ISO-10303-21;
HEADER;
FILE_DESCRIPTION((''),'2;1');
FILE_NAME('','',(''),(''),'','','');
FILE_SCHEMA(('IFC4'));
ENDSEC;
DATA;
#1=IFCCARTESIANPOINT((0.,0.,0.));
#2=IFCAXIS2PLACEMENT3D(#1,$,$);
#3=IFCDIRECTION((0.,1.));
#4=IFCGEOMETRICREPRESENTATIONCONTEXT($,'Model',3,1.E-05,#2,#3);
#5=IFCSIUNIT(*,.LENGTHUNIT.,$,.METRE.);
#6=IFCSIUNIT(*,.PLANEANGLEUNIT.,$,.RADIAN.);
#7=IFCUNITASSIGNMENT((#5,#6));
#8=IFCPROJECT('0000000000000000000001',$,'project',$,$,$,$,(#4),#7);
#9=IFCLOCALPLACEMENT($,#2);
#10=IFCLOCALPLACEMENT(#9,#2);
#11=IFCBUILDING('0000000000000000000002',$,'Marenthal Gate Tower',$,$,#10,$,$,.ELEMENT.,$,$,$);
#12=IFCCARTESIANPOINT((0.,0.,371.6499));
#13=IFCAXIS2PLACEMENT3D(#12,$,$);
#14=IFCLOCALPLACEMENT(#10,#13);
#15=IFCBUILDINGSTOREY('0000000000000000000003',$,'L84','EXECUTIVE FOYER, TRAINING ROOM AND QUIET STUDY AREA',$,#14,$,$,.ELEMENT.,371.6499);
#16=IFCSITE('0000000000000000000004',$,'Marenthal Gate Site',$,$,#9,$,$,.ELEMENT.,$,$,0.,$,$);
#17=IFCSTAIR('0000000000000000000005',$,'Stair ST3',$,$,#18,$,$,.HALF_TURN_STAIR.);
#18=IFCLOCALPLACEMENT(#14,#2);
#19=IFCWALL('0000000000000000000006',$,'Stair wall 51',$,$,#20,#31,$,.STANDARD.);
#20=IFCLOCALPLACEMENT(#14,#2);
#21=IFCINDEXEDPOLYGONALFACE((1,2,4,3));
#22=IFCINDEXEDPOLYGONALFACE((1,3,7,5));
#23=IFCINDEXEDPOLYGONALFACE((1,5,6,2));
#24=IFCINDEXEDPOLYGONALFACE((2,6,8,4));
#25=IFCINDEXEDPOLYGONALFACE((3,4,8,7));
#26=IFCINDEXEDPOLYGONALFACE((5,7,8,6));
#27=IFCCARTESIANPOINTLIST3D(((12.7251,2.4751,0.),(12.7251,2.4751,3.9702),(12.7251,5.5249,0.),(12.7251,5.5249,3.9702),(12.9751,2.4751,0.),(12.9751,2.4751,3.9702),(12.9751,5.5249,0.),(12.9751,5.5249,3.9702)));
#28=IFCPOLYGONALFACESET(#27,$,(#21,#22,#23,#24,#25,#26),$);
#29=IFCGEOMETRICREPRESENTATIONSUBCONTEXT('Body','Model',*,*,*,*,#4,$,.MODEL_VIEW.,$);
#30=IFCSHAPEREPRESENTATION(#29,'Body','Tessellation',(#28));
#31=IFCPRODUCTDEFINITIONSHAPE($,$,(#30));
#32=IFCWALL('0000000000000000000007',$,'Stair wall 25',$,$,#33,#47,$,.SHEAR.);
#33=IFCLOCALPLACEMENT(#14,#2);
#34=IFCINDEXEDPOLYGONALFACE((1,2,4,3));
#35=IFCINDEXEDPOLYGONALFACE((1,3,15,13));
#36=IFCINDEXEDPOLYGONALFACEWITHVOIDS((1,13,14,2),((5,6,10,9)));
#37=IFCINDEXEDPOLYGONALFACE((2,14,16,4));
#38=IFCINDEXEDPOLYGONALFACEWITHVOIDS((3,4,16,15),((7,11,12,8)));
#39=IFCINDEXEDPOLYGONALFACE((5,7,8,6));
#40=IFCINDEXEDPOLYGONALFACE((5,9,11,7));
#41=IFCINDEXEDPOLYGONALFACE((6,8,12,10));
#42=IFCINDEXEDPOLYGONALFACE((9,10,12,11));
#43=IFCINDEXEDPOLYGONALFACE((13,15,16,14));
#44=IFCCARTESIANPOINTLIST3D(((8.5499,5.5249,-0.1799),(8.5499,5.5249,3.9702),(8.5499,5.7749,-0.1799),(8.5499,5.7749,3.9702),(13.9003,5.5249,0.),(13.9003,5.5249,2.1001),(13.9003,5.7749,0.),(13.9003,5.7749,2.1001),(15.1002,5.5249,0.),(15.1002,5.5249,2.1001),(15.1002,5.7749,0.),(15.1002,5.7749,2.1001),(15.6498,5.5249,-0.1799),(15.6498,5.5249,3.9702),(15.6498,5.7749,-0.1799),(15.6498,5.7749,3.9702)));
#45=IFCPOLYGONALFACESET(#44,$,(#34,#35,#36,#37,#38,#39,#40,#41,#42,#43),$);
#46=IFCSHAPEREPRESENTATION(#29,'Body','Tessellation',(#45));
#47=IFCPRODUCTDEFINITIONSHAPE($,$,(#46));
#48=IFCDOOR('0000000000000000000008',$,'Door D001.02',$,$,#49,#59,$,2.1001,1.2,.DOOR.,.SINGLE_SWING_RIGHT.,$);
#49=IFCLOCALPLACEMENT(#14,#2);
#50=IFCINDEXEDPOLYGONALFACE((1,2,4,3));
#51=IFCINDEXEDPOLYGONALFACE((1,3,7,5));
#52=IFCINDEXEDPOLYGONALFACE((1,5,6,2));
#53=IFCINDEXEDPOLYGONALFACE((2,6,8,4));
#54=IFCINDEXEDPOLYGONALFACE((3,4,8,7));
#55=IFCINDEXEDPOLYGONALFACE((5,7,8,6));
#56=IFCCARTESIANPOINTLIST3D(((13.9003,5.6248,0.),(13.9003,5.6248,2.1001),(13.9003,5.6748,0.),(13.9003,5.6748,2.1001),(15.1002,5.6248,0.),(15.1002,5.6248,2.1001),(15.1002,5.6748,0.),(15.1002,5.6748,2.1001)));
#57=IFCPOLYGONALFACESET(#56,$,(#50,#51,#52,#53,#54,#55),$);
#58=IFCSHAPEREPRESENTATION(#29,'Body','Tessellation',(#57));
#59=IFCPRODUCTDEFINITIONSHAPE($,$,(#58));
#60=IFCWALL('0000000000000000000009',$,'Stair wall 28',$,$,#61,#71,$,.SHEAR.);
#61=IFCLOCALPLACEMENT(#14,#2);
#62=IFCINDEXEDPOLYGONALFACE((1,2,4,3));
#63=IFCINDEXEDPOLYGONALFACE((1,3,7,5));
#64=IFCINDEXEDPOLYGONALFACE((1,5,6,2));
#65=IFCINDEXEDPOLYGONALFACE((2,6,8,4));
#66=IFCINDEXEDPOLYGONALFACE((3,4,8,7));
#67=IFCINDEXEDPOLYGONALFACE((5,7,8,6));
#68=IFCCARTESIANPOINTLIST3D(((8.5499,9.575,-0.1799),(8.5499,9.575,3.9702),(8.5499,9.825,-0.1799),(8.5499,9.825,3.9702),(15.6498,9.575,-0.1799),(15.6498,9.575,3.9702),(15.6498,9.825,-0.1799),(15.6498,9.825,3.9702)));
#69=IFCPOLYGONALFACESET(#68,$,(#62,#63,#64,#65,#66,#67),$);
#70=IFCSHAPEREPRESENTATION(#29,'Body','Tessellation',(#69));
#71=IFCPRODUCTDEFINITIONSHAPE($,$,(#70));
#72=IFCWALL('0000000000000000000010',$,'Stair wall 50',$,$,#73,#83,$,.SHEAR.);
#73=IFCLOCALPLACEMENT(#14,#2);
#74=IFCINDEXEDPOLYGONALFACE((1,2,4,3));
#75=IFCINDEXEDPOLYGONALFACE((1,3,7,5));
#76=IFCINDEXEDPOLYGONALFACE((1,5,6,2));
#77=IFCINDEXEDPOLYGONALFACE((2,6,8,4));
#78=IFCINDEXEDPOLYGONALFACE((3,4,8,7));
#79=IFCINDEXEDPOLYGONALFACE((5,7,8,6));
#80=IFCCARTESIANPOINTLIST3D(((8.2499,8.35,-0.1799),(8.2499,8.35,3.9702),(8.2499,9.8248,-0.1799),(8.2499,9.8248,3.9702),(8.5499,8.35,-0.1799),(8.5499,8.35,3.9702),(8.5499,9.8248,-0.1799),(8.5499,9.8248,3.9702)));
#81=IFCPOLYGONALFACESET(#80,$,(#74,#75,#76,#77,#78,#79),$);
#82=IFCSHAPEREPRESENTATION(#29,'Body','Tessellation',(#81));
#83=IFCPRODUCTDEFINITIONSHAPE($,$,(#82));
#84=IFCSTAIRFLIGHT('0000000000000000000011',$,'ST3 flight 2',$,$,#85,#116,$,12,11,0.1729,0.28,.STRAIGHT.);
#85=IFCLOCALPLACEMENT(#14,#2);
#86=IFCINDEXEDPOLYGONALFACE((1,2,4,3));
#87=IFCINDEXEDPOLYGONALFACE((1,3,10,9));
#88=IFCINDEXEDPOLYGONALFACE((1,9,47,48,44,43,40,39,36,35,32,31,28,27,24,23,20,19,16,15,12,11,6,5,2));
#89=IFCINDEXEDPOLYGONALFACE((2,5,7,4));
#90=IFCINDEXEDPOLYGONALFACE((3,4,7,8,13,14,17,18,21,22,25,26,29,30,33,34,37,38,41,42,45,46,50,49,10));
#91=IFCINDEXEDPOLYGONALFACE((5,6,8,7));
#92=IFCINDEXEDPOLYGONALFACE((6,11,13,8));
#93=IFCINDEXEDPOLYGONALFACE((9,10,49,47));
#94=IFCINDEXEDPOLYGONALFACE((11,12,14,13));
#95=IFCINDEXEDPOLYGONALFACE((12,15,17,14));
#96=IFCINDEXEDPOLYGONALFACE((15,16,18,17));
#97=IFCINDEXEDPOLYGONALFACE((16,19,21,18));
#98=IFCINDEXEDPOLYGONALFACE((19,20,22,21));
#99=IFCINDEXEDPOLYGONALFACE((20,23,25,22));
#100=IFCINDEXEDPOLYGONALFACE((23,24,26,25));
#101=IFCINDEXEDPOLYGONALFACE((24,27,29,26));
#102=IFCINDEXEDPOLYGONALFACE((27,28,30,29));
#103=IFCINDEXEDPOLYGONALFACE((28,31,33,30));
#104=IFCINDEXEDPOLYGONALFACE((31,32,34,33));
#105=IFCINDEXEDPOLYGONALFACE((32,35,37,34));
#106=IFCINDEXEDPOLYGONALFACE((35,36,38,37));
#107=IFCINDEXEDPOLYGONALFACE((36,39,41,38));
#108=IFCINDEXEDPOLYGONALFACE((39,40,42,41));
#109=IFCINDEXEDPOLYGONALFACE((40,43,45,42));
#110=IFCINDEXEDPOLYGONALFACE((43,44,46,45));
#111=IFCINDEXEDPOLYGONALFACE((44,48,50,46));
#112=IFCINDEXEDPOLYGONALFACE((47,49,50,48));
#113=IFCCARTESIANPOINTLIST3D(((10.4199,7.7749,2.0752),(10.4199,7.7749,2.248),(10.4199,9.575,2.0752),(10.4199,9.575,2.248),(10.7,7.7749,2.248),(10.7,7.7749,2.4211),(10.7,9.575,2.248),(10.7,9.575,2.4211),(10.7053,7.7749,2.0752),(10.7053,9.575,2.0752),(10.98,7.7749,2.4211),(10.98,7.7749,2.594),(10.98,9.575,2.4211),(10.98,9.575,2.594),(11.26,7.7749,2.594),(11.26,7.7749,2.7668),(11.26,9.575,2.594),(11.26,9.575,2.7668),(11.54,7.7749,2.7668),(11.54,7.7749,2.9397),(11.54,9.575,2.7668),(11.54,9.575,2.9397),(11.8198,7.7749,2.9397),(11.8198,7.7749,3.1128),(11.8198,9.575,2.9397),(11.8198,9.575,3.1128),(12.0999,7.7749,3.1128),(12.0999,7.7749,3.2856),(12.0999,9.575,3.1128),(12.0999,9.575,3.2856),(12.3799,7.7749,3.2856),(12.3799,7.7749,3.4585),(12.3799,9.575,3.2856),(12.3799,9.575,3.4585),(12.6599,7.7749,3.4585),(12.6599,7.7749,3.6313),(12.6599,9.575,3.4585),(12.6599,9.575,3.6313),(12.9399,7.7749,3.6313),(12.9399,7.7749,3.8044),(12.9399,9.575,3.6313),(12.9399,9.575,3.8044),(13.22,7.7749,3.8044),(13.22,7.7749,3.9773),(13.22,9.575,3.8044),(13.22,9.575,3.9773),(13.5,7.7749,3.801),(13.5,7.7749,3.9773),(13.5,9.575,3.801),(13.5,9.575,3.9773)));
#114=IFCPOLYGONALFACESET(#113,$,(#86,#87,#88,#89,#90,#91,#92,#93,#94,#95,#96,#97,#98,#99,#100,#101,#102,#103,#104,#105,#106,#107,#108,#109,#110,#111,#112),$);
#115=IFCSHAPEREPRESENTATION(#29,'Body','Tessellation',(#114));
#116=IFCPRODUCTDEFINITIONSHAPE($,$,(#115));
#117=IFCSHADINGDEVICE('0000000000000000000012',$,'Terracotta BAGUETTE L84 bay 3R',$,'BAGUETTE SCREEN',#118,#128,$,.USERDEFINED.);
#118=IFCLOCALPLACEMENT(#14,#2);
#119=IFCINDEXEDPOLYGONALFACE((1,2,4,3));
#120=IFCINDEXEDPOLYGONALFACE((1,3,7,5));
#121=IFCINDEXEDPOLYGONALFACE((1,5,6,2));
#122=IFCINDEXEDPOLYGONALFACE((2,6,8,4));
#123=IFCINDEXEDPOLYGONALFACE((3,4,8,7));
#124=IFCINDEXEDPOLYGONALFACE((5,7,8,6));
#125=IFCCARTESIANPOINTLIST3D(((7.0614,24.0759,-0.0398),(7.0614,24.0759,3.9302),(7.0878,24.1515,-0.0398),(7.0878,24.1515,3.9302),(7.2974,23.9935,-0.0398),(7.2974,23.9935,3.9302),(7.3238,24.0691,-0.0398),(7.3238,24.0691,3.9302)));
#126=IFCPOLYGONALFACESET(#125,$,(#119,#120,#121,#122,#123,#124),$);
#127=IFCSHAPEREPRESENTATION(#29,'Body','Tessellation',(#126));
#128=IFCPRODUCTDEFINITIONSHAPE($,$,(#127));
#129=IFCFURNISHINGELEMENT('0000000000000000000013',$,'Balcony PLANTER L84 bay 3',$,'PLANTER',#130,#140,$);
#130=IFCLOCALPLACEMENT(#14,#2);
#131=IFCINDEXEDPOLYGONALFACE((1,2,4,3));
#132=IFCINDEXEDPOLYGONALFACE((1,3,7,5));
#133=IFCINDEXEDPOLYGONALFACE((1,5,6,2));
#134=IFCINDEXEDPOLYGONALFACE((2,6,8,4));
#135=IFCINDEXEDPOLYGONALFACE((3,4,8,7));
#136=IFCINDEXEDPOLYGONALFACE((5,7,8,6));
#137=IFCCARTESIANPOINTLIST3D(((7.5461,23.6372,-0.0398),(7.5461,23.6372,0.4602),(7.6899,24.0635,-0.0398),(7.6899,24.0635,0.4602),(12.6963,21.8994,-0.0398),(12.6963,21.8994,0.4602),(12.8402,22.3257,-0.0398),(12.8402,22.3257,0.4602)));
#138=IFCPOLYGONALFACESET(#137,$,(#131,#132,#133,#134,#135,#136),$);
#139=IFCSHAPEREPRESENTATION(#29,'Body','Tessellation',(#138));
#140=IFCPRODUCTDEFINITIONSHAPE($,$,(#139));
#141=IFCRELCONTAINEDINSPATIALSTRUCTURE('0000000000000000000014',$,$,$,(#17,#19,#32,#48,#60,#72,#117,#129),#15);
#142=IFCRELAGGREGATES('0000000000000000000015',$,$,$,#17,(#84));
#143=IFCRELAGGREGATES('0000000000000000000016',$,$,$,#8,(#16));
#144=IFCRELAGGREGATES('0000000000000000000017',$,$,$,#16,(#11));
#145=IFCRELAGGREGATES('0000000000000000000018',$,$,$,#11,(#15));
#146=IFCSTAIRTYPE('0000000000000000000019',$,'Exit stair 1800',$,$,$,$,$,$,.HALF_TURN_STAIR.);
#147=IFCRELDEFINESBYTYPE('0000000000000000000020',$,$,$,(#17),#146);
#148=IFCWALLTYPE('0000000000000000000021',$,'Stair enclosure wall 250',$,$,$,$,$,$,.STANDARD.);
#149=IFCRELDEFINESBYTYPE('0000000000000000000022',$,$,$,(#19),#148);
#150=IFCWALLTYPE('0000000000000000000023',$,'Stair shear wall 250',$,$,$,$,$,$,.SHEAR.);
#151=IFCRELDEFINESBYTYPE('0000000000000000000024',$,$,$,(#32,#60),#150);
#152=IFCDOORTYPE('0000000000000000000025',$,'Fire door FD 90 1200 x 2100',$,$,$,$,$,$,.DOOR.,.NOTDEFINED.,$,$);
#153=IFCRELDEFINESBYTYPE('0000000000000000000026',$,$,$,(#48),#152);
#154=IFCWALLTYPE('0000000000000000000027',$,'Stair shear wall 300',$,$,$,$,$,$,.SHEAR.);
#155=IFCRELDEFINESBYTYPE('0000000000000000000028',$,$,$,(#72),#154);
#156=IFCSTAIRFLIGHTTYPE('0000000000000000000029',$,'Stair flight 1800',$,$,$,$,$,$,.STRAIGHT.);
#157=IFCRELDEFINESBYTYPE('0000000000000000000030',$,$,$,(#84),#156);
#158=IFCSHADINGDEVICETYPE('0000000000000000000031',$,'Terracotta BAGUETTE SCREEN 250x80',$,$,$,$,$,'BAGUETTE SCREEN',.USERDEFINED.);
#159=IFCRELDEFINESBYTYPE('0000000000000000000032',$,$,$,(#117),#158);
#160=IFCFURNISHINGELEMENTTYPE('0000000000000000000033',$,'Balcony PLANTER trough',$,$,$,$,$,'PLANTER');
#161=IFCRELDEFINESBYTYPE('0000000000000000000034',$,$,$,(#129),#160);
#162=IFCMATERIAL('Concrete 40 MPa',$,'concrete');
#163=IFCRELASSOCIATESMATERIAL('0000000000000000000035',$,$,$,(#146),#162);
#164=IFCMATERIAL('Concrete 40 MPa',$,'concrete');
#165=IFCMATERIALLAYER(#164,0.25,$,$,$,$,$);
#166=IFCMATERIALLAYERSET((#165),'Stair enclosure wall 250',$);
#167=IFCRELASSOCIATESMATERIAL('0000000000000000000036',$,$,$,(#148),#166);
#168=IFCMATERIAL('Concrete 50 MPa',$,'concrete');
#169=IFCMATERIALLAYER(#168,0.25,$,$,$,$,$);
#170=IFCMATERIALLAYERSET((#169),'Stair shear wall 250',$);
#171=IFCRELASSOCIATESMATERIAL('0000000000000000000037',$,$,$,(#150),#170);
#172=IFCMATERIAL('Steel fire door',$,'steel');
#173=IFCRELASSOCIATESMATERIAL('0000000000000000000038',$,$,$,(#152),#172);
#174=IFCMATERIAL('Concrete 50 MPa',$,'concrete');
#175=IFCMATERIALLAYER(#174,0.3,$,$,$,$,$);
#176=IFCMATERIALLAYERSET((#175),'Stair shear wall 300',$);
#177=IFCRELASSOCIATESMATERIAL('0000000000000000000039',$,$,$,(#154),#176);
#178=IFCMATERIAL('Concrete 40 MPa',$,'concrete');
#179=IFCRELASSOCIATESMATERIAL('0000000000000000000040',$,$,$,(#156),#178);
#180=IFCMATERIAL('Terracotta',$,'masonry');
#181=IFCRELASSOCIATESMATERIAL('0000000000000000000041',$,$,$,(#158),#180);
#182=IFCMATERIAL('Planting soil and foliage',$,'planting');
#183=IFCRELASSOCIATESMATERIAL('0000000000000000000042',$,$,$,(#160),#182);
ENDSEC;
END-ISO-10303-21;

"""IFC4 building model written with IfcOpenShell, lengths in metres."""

from ifc_helpers import new_model, si_unit, direction, frame, frame_2d, origin, origin_2d, place, context, subcontext, project, spatial, polyline, rectangle, outline, extrude, material, layer, layer_set, material_profile, profile_set, type_object, element, fill, aggregate, save


model = new_model("IFC4")

# Units and contexts
model_context = context("Model", 3, precision=1e-05, world=origin(), true_north=direction((0.0, 1.0)))
body_context = subcontext(model_context, "Body", "Model", "MODEL_VIEW")
ifc_project = project(units=[si_unit("LENGTHUNIT", "METRE"), si_unit("PLANEANGLEUNIT", "RADIAN")], contexts=[model_context])

# Site, building, storey
site_placement = place(None, origin())
site = spatial("IfcSite", under=ifc_project, at=site_placement, Name="Marenthal Gate Site", CompositionType="ELEMENT", RefElevation=0.0)
building_placement = place(site_placement, origin())
building = spatial("IfcBuilding", under=site, at=building_placement, Name="Marenthal Gate Tower", CompositionType="ELEMENT")
storey_placement = place(building_placement, frame((0.0, 0.0, 371.6499)))
storey = spatial("IfcBuildingStorey", under=building, at=storey_placement, Name="L84", Description="EXECUTIVE FOYER, TRAINING ROOM AND QUIET STUDY AREA", CompositionType="ELEMENT", Elevation=371.6499)

# Stair
ifc_material_1 = material(Name="Concrete 40 MPa", Category="concrete")
stair_type = type_object("IfcStairType", Name="Exit stair 1800", PredefinedType="HALF_TURN_STAIR", material=ifc_material_1)
stair_1_placement = place(storey_placement, origin())
stair_1 = element("IfcStair", 1, at=stair_1_placement, inside=storey, type_object=stair_type, Name="Stair ST3", PredefinedType="HALF_TURN_STAIR")

# Wall
ifc_material_2 = material(Name="Concrete 40 MPa", Category="concrete")
ifc_layer_1 = layer(ifc_material_2, 0.25)
ifc_layer_set_1 = layer_set([ifc_layer_1], Name="Stair enclosure wall 250")
wall_type_1 = type_object("IfcWallType", Name="Stair enclosure wall 250", PredefinedType="STANDARD", material=ifc_layer_set_1)
wall_1_placement = place(storey_placement, frame((12.8501, 2.4751, 0.0), z_axis=(0.0, 0.0, 1.0), x_axis=(0.0, 1.0, 0.0)))
element("IfcWall", 2, at=wall_1_placement, inside=storey, type_object=wall_type_1, Name="Stair wall 51", PredefinedType="STANDARD", context=body_context, shape_type="SweptSolid", body=[
    extrude(rectangle(XDim=3.0498, YDim=0.25, at=frame_2d((1.5249, 0.0))), origin(), (0.0, 0.0, 1.0), 3.9702),
])

# Wall, opening, door
ifc_material_3 = material(Name="Concrete 50 MPa", Category="concrete")
ifc_layer_2 = layer(ifc_material_3, 0.25)
ifc_layer_set_2 = layer_set([ifc_layer_2], Name="Stair shear wall 250")
wall_type_2 = type_object("IfcWallType", Name="Stair shear wall 250", PredefinedType="SHEAR", material=ifc_layer_set_2)
wall_2_placement = place(storey_placement, frame((8.55, 5.6499, -0.1799), z_axis=(0.0, 0.0, 1.0), x_axis=(1.0, 0.0, 0.0)))
wall_2 = element("IfcWall", 3, at=wall_2_placement, inside=storey, type_object=wall_type_2, Name="Stair wall 25", PredefinedType="SHEAR", context=body_context, shape_type="SweptSolid", body=[
    extrude(rectangle(XDim=7.0999, YDim=0.25, at=frame_2d((3.5498, 0.0))), origin(), (0.0, 0.0, 1.0), 4.1501),
])
opening_placement = place(wall_2_placement, frame((5.3501, 0.0, 0.1799)))
opening = element("IfcOpeningElement", 4, at=opening_placement, cuts=wall_2, PredefinedType="OPENING", context=body_context, shape_type="SweptSolid", body=[
    extrude(rectangle(XDim=1.2, YDim=2.1001, at=frame_2d((0.6001, 1.05))), frame((0.0, 0.135, 0.0), z_axis=(0.0, -1.0, 0.0), x_axis=(1.0, 0.0, 0.0)), (0.0, 0.0, 1.0), 0.27),
])
ifc_material_4 = material(Name="Steel fire door", Category="steel")
door_type = type_object("IfcDoorType", Name="Fire door FD 90 1200 x 2100", OperationType="NOTDEFINED", PredefinedType="DOOR", material=ifc_material_4)
door_placement = place(opening_placement, origin())
door = element("IfcDoor", 5, at=door_placement, inside=storey, type_object=door_type, Name="Door D001.02", OperationType="SINGLE_SWING_RIGHT", OverallHeight=2.1001, OverallWidth=1.2, PredefinedType="DOOR", context=body_context, shape_type="SweptSolid", body=[
    extrude(rectangle(XDim=1.2, YDim=2.1001, at=frame_2d((0.6001, 1.05))), frame((0.0, 0.0249, 0.0), z_axis=(0.0, -1.0, 0.0), x_axis=(1.0, 0.0, 0.0)), (0.0, 0.0, 1.0), 0.05),
])
fill(opening, door)

# Walls
wall_3_placement = place(storey_placement, frame((8.55, 9.7, -0.1799), z_axis=(0.0, 0.0, 1.0), x_axis=(1.0, 0.0, 0.0)))
element("IfcWall", 6, at=wall_3_placement, inside=storey, type_object=wall_type_2, Name="Stair wall 28", PredefinedType="SHEAR", context=body_context, shape_type="SweptSolid", body=[
    extrude(rectangle(XDim=7.0999, YDim=0.25, at=frame_2d((3.5498, 0.0))), origin(), (0.0, 0.0, 1.0), 4.1501),
])
ifc_material_5 = material(Name="Concrete 50 MPa", Category="concrete")
ifc_layer_3 = layer(ifc_material_5, 0.3)
ifc_layer_set_3 = layer_set([ifc_layer_3], Name="Stair shear wall 300")
wall_type_3 = type_object("IfcWallType", Name="Stair shear wall 300", PredefinedType="SHEAR", material=ifc_layer_set_3)
wall_4_placement = place(storey_placement, frame((8.3999, 8.3501, -0.1799), z_axis=(0.0, 0.0, 1.0), x_axis=(0.0, 1.0, 0.0)))
element("IfcWall", 7, at=wall_4_placement, inside=storey, type_object=wall_type_3, Name="Stair wall 50", PredefinedType="SHEAR", context=body_context, shape_type="SweptSolid", body=[
    extrude(rectangle(XDim=1.4749, YDim=0.3, at=frame_2d((0.7373, 0.0))), origin(), (0.0, 0.0, 1.0), 4.1501),
])

# Stair flight
ifc_material_6 = material(Name="Concrete 40 MPa", Category="concrete")
stair_flight_type = type_object("IfcStairFlightType", Name="Stair flight 1800", PredefinedType="STRAIGHT", material=ifc_material_6)
stair_flight_placement = place(storey_placement, frame((10.4199, 8.675, 2.0752), z_axis=(0.0, 0.0, 1.0), x_axis=(1.0, 0.0, 0.0)))
stair_flight = element("IfcStairFlight", 8, at=stair_flight_placement, type_object=stair_flight_type, Name="ST3 flight 2", NumberOfRisers=12, NumberOfTreads=11, PredefinedType="STRAIGHT", RiserHeight=0.1729, TreadLength=0.28, context=body_context, shape_type="SweptSolid", body=[
    extrude(outline(polyline([(0.0, 0.0), (0.0, 0.1729), (0.28, 0.1729), (0.28, 0.3459), (0.5601, 0.3459), (0.5601, 0.5188), (0.8401, 0.5188), (0.8401, 0.6917), (1.1201, 0.6917), (1.1201, 0.8645), (1.3999, 0.8645), (1.3999, 1.0376), (1.6799, 1.0376), (1.6799, 1.2104), (1.96, 1.2104), (1.96, 1.3833), (2.24, 1.3833), (2.24, 1.5562), (2.52, 1.5562), (2.52, 1.7292), (2.8, 1.7292), (2.8, 1.9021), (3.0801, 1.9021), (3.0801, 2.075), (3.0801, 1.7258), (0.2854, 0.0), (0.0, 0.0)])), frame((0.0, 0.8999, 0.0), z_axis=(0.0, -1.0, 0.0), x_axis=(1.0, 0.0, 0.0)), (0.0, 0.0, 1.0), 1.8),
])
aggregate(stair_1, [stair_flight])

# Shading device
ifc_material_7 = material(Name="Terracotta", Category="masonry")
ifc_material_profile_1 = material_profile(ifc_material_7, rectangle(XDim=0.25, YDim=0.0801, at=origin_2d()), Name="Terracotta baguette 250x80")
ifc_profile_set_1 = profile_set([ifc_material_profile_1], Name="Terracotta")
shading_device_type = type_object("IfcShadingDeviceType", Name="Terracotta BAGUETTE SCREEN 250x80", ElementType="BAGUETTE SCREEN", PredefinedType="USERDEFINED", material=ifc_profile_set_1)
shading_device_placement = place(storey_placement, frame((7.1926, 24.0725, -0.0398), z_axis=(0.0, 0.0, 1.0), x_axis=(-0.944082, 0.32971, 0.0)))
element("IfcShadingDevice", 9, at=shading_device_placement, inside=storey, type_object=shading_device_type, Name="Terracotta BAGUETTE L84 bay 3R", ObjectType="BAGUETTE SCREEN", PredefinedType="USERDEFINED", context=body_context, shape_type="SweptSolid", body=[
    extrude(rectangle(XDim=0.25, YDim=0.0801, at=origin_2d()), origin(), (0.0, 0.0, 1.0), 3.97),
])

# Furnishing element
ifc_material_8 = material(Name="Planting soil and foliage", Category="planting")
furnishing_element_type = type_object("IfcFurnishingElementType", Name="Balcony PLANTER trough", ElementType="PLANTER", material=ifc_material_8)
furnishing_placement = place(storey_placement, frame((10.1931, 22.9814, -0.0398), z_axis=(0.0, 0.0, 1.0), x_axis=(-0.947516, 0.319708, 0.0)))
element("IfcFurnishingElement", 10, at=furnishing_placement, inside=storey, type_object=furnishing_element_type, Name="Balcony PLANTER L84 bay 3", ObjectType="PLANTER", context=body_context, shape_type="SweptSolid", body=[
    extrude(rectangle(XDim=5.4355, YDim=0.45, at=origin_2d()), origin(), (0.0, 0.0, 1.0), 0.5),
])

save(model, "model.ifc")
